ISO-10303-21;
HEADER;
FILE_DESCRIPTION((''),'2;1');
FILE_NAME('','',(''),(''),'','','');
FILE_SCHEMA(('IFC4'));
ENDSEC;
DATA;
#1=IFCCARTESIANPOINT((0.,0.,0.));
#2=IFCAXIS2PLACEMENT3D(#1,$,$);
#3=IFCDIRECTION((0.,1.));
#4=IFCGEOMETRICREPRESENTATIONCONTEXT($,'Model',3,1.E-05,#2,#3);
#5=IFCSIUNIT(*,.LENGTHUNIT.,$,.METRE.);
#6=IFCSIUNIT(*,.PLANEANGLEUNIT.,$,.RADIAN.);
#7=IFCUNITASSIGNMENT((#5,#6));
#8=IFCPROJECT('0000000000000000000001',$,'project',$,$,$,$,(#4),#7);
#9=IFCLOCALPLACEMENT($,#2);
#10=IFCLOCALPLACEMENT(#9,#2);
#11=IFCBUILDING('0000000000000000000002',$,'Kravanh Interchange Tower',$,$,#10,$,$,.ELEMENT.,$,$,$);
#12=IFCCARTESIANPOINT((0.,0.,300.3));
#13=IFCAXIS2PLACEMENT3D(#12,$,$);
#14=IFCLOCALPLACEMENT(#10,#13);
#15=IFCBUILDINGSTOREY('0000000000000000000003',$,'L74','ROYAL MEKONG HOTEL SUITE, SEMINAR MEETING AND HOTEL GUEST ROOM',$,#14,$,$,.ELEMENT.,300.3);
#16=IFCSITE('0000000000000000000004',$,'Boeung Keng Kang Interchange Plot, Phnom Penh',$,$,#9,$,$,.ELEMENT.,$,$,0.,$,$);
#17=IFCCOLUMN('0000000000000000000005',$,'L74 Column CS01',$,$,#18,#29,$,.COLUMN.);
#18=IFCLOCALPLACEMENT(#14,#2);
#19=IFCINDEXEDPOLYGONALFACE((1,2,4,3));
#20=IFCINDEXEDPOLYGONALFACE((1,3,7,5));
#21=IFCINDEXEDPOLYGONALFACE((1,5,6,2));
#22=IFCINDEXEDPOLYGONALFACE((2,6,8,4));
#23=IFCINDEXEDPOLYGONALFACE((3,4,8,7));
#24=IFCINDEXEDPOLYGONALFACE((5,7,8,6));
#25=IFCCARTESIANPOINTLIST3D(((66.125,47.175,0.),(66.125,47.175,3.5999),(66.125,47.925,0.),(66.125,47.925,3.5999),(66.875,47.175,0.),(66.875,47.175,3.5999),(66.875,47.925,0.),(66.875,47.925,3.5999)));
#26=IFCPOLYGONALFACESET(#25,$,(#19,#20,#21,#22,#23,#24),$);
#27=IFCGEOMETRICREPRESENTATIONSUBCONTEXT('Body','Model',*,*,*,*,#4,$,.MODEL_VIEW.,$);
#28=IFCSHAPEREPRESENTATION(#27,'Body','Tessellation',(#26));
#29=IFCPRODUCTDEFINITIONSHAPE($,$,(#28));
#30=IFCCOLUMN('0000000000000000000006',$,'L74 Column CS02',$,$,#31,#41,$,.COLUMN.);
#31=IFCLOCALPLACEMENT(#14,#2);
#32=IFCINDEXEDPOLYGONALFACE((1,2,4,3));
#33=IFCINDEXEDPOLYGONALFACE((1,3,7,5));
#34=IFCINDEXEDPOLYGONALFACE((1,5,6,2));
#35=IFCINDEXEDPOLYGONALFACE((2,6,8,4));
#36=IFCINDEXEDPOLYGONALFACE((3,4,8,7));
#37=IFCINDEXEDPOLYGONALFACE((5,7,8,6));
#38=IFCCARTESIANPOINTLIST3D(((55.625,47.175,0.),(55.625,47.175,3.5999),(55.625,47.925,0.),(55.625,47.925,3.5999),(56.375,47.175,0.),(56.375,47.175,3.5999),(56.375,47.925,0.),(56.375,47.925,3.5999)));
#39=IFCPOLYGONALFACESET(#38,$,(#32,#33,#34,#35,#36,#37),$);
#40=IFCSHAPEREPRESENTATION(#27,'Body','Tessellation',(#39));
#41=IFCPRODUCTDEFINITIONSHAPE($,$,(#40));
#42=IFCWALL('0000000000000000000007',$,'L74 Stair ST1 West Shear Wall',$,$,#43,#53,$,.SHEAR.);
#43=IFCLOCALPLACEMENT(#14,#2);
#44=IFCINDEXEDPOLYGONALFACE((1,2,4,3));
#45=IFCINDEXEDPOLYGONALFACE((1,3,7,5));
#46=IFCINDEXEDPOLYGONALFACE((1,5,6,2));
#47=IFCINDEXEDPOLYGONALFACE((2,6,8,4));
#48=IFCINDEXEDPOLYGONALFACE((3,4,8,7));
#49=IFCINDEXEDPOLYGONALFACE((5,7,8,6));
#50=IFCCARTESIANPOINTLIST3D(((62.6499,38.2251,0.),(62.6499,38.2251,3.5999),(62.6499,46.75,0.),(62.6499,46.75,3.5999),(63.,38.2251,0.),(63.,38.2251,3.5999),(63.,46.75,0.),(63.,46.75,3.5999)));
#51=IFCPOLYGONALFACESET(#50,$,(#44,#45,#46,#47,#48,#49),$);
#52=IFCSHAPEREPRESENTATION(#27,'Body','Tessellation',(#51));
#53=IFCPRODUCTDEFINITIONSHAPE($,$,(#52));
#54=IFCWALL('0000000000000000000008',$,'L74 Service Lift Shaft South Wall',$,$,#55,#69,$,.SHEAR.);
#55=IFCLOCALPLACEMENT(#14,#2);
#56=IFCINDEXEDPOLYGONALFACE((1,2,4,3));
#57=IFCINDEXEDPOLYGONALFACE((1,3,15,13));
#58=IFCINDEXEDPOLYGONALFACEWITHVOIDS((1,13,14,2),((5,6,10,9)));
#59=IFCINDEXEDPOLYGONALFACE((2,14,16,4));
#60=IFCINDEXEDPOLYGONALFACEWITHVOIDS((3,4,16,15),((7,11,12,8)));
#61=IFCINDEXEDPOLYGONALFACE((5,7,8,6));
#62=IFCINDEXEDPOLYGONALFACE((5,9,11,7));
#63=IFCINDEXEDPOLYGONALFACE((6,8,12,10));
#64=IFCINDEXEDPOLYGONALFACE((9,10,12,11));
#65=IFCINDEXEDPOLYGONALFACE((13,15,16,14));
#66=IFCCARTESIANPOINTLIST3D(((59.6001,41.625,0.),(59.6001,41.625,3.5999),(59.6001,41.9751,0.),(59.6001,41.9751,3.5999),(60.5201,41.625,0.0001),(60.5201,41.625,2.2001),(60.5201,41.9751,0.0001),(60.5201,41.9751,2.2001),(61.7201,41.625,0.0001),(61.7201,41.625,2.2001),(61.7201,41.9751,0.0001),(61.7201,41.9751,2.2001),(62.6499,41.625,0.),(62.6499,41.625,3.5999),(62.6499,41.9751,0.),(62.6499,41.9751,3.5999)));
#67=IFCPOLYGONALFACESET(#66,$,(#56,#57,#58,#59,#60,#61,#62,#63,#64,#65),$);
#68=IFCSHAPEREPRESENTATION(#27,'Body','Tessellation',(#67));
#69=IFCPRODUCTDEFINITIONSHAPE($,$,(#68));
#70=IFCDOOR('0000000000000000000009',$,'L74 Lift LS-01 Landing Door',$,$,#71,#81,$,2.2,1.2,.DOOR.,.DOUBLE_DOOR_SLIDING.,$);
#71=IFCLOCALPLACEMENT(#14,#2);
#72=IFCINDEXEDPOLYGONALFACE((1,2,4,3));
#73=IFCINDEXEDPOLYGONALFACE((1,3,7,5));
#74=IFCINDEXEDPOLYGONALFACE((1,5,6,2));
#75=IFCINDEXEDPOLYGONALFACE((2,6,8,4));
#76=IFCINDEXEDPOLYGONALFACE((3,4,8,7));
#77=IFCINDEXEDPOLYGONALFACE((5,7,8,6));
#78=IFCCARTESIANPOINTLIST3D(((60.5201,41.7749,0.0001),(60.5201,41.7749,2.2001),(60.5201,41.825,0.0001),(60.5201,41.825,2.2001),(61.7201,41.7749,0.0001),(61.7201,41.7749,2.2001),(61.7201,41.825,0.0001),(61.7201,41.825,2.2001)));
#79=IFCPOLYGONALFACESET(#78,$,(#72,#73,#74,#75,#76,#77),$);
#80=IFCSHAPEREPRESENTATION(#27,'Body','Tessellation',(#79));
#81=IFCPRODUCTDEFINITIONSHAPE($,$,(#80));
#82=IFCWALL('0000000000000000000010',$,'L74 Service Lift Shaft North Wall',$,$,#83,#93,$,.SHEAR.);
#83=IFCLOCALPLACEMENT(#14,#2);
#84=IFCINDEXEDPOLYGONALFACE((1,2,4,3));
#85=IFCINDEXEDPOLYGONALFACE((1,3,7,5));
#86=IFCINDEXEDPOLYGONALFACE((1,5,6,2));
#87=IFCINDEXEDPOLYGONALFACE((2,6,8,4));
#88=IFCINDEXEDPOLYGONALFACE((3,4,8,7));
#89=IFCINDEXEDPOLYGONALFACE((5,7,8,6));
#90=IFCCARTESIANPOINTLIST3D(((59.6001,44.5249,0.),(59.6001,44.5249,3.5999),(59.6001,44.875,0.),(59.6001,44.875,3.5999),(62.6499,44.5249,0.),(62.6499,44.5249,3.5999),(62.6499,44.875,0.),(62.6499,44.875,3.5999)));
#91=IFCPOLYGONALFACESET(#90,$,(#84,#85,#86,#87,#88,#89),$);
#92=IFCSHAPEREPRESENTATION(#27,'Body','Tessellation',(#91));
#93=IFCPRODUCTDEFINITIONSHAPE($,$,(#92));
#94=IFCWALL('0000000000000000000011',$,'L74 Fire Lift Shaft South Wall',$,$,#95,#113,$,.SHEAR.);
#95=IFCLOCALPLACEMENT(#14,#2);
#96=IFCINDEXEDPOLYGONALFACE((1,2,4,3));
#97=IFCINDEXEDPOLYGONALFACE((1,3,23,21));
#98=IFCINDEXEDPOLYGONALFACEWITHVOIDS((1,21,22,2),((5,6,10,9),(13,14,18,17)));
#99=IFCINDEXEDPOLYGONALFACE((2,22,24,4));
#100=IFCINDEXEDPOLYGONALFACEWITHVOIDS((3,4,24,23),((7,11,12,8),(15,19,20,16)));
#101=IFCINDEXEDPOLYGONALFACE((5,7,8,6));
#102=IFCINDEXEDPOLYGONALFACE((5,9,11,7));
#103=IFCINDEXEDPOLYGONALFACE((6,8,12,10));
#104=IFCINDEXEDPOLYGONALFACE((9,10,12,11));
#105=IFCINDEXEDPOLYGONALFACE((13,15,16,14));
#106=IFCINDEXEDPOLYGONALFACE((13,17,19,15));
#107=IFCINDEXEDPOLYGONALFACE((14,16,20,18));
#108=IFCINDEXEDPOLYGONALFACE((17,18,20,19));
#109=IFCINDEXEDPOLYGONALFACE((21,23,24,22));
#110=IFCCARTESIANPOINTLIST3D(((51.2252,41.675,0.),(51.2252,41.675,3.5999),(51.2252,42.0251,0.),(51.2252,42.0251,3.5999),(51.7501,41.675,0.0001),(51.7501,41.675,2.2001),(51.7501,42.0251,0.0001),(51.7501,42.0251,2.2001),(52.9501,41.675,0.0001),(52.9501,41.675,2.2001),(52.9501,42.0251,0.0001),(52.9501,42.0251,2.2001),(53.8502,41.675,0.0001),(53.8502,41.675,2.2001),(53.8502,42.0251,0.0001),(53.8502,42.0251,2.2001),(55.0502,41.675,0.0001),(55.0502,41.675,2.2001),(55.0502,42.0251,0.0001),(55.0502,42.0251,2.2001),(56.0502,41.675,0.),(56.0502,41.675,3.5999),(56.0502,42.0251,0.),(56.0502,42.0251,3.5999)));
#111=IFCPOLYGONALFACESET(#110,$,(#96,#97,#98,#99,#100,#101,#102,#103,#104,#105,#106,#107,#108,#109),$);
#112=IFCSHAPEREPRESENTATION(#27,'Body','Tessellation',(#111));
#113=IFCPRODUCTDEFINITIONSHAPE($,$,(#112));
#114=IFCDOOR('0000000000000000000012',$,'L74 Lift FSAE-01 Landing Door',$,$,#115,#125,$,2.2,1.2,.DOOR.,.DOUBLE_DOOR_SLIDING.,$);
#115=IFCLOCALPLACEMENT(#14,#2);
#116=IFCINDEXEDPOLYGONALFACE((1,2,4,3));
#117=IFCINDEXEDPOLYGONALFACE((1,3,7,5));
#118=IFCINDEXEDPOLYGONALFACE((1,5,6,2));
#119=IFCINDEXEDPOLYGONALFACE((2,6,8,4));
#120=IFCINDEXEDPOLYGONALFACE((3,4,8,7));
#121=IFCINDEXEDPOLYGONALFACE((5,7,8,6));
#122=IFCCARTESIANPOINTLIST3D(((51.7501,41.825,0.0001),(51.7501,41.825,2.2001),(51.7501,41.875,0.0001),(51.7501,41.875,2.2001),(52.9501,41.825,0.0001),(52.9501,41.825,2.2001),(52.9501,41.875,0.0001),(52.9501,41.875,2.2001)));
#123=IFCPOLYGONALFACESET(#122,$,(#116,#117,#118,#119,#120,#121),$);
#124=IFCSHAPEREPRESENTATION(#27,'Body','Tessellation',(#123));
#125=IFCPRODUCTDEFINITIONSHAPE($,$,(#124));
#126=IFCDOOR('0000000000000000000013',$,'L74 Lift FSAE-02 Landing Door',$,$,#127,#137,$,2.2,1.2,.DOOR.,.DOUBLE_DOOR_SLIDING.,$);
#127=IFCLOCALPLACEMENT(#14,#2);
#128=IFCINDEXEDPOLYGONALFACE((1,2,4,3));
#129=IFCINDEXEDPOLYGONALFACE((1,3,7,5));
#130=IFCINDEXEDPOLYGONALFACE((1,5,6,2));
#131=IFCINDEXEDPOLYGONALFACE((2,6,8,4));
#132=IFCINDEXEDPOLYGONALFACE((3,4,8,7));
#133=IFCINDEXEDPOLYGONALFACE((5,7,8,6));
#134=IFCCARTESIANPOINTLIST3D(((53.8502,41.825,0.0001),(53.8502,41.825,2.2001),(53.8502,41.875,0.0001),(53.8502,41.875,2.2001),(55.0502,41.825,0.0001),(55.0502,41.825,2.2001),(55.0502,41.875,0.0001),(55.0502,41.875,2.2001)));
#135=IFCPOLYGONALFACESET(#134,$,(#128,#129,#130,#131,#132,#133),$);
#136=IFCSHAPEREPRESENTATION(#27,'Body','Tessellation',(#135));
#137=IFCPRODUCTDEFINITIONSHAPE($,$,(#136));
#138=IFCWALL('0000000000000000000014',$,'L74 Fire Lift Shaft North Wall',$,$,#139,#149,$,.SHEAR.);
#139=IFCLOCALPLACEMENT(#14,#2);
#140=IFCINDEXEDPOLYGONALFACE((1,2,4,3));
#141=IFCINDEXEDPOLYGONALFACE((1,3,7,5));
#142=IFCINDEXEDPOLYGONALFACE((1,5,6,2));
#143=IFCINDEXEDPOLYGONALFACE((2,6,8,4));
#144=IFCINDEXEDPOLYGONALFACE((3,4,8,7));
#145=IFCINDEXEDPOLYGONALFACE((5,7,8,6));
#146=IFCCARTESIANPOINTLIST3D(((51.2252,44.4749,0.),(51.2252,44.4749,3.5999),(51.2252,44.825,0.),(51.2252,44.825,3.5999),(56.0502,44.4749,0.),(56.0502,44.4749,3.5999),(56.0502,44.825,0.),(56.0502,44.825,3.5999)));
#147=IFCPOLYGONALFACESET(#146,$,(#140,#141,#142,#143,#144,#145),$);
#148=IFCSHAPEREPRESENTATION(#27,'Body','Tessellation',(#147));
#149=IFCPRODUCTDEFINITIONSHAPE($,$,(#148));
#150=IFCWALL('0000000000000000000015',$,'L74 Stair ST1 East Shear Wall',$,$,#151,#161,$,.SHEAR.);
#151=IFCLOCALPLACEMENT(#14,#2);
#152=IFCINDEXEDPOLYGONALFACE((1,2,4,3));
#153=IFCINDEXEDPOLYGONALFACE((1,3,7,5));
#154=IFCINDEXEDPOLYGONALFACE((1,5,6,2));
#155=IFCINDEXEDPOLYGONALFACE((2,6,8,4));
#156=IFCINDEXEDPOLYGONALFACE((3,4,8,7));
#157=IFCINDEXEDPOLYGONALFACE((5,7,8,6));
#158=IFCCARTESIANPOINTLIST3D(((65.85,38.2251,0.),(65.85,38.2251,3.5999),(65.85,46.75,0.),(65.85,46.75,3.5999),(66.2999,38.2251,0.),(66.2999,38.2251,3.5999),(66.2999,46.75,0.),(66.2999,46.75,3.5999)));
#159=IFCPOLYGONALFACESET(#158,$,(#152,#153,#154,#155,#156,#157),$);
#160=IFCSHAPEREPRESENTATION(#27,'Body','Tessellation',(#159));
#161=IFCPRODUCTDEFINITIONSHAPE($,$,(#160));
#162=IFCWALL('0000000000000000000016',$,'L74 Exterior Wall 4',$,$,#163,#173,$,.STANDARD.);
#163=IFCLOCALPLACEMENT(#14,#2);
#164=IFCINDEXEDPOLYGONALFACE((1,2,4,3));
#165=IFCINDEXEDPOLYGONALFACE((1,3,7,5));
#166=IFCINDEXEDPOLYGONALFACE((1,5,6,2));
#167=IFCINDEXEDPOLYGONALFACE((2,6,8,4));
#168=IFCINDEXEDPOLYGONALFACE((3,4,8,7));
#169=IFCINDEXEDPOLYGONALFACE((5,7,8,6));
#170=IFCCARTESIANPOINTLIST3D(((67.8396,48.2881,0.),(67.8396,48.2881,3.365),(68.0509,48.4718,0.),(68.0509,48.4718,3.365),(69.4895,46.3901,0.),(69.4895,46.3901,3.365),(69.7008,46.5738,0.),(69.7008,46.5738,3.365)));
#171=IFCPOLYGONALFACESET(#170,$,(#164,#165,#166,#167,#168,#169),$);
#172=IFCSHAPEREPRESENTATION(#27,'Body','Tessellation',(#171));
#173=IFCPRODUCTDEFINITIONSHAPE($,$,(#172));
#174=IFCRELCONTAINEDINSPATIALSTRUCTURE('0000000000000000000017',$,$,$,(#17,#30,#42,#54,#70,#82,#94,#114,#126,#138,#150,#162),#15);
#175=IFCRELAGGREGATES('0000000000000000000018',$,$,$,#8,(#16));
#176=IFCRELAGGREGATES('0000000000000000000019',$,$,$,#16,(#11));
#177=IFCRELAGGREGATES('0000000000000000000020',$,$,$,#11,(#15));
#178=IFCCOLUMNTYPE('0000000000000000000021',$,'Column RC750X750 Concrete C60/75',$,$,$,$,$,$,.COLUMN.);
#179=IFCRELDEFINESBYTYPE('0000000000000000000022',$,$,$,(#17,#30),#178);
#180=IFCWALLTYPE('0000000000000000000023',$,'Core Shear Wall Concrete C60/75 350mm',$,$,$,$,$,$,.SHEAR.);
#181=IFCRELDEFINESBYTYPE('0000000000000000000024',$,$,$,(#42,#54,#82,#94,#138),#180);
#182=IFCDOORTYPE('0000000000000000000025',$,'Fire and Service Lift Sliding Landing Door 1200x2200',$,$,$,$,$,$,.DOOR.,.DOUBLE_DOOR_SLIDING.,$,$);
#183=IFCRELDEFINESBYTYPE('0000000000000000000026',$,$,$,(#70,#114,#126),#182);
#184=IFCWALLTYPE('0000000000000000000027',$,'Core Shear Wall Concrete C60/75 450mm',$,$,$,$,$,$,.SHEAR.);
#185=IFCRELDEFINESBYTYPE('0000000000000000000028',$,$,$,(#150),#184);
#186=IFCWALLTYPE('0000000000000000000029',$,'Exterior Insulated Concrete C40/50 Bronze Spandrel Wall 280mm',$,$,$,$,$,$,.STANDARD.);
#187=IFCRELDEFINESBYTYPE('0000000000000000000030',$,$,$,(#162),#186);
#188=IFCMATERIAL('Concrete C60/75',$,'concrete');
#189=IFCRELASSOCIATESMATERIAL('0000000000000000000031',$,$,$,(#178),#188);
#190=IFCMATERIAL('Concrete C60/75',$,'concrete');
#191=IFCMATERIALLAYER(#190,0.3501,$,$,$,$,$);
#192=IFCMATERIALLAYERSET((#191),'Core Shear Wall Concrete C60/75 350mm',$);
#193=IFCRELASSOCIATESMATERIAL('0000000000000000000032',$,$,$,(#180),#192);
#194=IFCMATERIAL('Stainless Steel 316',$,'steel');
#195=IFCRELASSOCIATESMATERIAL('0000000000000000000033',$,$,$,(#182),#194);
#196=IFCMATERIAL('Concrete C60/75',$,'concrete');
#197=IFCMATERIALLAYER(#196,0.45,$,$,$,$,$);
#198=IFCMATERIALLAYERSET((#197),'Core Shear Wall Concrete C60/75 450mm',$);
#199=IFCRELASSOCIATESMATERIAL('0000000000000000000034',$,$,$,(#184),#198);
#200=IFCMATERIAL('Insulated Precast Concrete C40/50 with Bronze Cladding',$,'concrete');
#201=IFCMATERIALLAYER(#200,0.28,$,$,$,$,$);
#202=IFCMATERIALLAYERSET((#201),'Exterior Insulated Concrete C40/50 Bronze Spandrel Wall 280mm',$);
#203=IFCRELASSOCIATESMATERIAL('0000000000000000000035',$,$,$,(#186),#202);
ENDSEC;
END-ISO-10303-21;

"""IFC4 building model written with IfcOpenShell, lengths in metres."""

from ifc_helpers import new_model, si_unit, direction, frame, frame_2d, origin, origin_2d, place, context, subcontext, project, spatial, rectangle, extrude, material, layer, layer_set, material_profile, profile_set, type_object, element, fill, save


model = new_model("IFC4")

# Units and contexts
model_context = context("Model", 3, precision=1e-05, world=origin(), true_north=direction((0.0, 1.0)))
body_context = subcontext(model_context, "Body", "Model", "MODEL_VIEW")
ifc_project = project(units=[si_unit("LENGTHUNIT", "METRE"), si_unit("PLANEANGLEUNIT", "RADIAN")], contexts=[model_context])

# Site, building, storey
site_placement = place(None, origin())
site = spatial("IfcSite", under=ifc_project, at=site_placement, Name="Boeung Keng Kang Interchange Plot, Phnom Penh", CompositionType="ELEMENT", RefElevation=0.0)
building_placement = place(site_placement, origin())
building = spatial("IfcBuilding", under=site, at=building_placement, Name="Kravanh Interchange Tower", CompositionType="ELEMENT")
storey_placement = place(building_placement, frame((0.0, 0.0, 300.3)))
storey = spatial("IfcBuildingStorey", under=building, at=storey_placement, Name="L74", Description="ROYAL MEKONG HOTEL SUITE, SEMINAR MEETING AND HOTEL GUEST ROOM", CompositionType="ELEMENT", Elevation=300.3)

# Columns
ifc_material_1 = material(Name="Concrete C60/75", Category="concrete")
ifc_material_profile = material_profile(ifc_material_1, rectangle(XDim=0.75, YDim=0.75, at=origin_2d()), Name="RC750X750")
ifc_profile_set = profile_set([ifc_material_profile], Name="Concrete C60/75")
column_type = type_object("IfcColumnType", Name="Column RC750X750 Concrete C60/75", PredefinedType="COLUMN", material=ifc_profile_set)
for number, where, z_axis, x_axis, name in (
    (1, (66.5, 47.55, 0.0), (0.0, 0.0, 1.0), (1.0, 0.0, 0.0), "L74 Column CS01"),
    (2, (56.0, 47.55, 0.0), (0.0, 0.0, 1.0), (1.0, 0.0, 0.0), "L74 Column CS02"),
):
    element("IfcColumn", number, at=place(storey_placement, frame(where, z_axis=z_axis, x_axis=x_axis)), inside=storey, type_object=column_type, Name=name, PredefinedType="COLUMN", context=body_context, shape_type="SweptSolid", body=[
        extrude(rectangle(XDim=0.75, YDim=0.75, at=origin_2d()), origin(), (0.0, 0.0, 1.0), 3.5999),
    ])

# Wall
ifc_material_2 = material(Name="Concrete C60/75", Category="concrete")
ifc_layer_1 = layer(ifc_material_2, 0.3501)
ifc_layer_set_1 = layer_set([ifc_layer_1], Name="Core Shear Wall Concrete C60/75 350mm")
wall_type_1 = type_object("IfcWallType", Name="Core Shear Wall Concrete C60/75 350mm", PredefinedType="SHEAR", material=ifc_layer_set_1)
wall_1_placement = place(storey_placement, frame((62.825, 38.2251, 0.0), z_axis=(0.0, 0.0, 1.0), x_axis=(0.0, 1.0, 0.0)))
element("IfcWall", 3, at=wall_1_placement, inside=storey, type_object=wall_type_1, Name="L74 Stair ST1 West Shear Wall", PredefinedType="SHEAR", context=body_context, shape_type="SweptSolid", body=[
    extrude(rectangle(XDim=8.5249, YDim=0.3501, at=frame_2d((4.2625, 0.0))), origin(), (0.0, 0.0, 1.0), 3.5999),
])

# Wall, opening, door
wall_2_placement = place(storey_placement, frame((59.6001, 41.8, 0.0), z_axis=(0.0, 0.0, 1.0), x_axis=(1.0, 0.0, 0.0)))
wall_2 = element("IfcWall", 4, at=wall_2_placement, inside=storey, type_object=wall_type_1, Name="L74 Service Lift Shaft South Wall", PredefinedType="SHEAR", context=body_context, shape_type="SweptSolid", body=[
    extrude(rectangle(XDim=3.0498, YDim=0.3501, at=frame_2d((1.5249, 0.0))), origin(), (0.0, 0.0, 1.0), 3.5999),
])
opening_1_placement = place(wall_2_placement, frame((0.9199, 0.0, 0.0)))
opening_1 = element("IfcOpeningElement", 5, at=opening_1_placement, cuts=wall_2, PredefinedType="OPENING", context=body_context, shape_type="SweptSolid", body=[
    extrude(rectangle(XDim=1.2, YDim=2.2, at=frame_2d((0.6001, 1.1001))), frame((0.0, 0.1851, 0.0), z_axis=(0.0, -1.0, 0.0), x_axis=(1.0, 0.0, 0.0)), (0.0, 0.0, 1.0), 0.3701),
])
ifc_material_3 = material(Name="Stainless Steel 316", Category="steel")
door_type = type_object("IfcDoorType", Name="Fire and Service Lift Sliding Landing Door 1200x2200", OperationType="DOUBLE_DOOR_SLIDING", PredefinedType="DOOR", material=ifc_material_3)
door_1_placement = place(opening_1_placement, origin())
door_1 = element("IfcDoor", 6, at=door_1_placement, inside=storey, type_object=door_type, Name="L74 Lift LS-01 Landing Door", OperationType="DOUBLE_DOOR_SLIDING", OverallHeight=2.2, OverallWidth=1.2, PredefinedType="DOOR", context=body_context, shape_type="SweptSolid", body=[
    extrude(rectangle(XDim=1.2, YDim=2.2, at=frame_2d((0.6001, 1.1001))), frame((0.0, 0.0249, 0.0), z_axis=(0.0, -1.0, 0.0), x_axis=(1.0, 0.0, 0.0)), (0.0, 0.0, 1.0), 0.05),
])
fill(opening_1, door_1)

# Wall
wall_3_placement = place(storey_placement, frame((59.6001, 44.7, 0.0), z_axis=(0.0, 0.0, 1.0), x_axis=(1.0, 0.0, 0.0)))
element("IfcWall", 7, at=wall_3_placement, inside=storey, type_object=wall_type_1, Name="L74 Service Lift Shaft North Wall", PredefinedType="SHEAR", context=body_context, shape_type="SweptSolid", body=[
    extrude(rectangle(XDim=3.0498, YDim=0.3501, at=frame_2d((1.5249, 0.0))), origin(), (0.0, 0.0, 1.0), 3.5999),
])

# Wall, openings, doors
wall_4_placement = place(storey_placement, frame((51.2251, 41.8501, 0.0), z_axis=(0.0, 0.0, 1.0), x_axis=(1.0, 0.0, 0.0)))
wall_4 = element("IfcWall", 8, at=wall_4_placement, inside=storey, type_object=wall_type_1, Name="L74 Fire Lift Shaft South Wall", PredefinedType="SHEAR", context=body_context, shape_type="SweptSolid", body=[
    extrude(rectangle(XDim=4.825, YDim=0.3501, at=frame_2d((2.4126, 0.0))), origin(), (0.0, 0.0, 1.0), 3.5999),
])
opening_2_placement = place(wall_4_placement, frame((0.5249, 0.0, 0.0)))
opening_2 = element("IfcOpeningElement", 9, at=opening_2_placement, cuts=wall_4, PredefinedType="OPENING", context=body_context, shape_type="SweptSolid", body=[
    extrude(rectangle(XDim=1.2, YDim=2.2, at=frame_2d((0.6001, 1.1001))), frame((0.0, 0.1851, 0.0), z_axis=(0.0, -1.0, 0.0), x_axis=(1.0, 0.0, 0.0)), (0.0, 0.0, 1.0), 0.3701),
])
opening_3_placement = place(wall_4_placement, frame((2.625, 0.0, 0.0)))
opening_3 = element("IfcOpeningElement", 10, at=opening_3_placement, cuts=wall_4, PredefinedType="OPENING", context=body_context, shape_type="SweptSolid", body=[
    extrude(rectangle(XDim=1.2, YDim=2.2, at=frame_2d((0.6001, 1.1001))), frame((0.0, 0.1851, 0.0), z_axis=(0.0, -1.0, 0.0), x_axis=(1.0, 0.0, 0.0)), (0.0, 0.0, 1.0), 0.3701),
])
door_2_placement = place(opening_2_placement, origin())
door_2 = element("IfcDoor", 11, at=door_2_placement, inside=storey, type_object=door_type, Name="L74 Lift FSAE-01 Landing Door", OperationType="DOUBLE_DOOR_SLIDING", OverallHeight=2.2, OverallWidth=1.2, PredefinedType="DOOR", context=body_context, shape_type="SweptSolid", body=[
    extrude(rectangle(XDim=1.2, YDim=2.2, at=frame_2d((0.6001, 1.1001))), frame((0.0, 0.0249, 0.0), z_axis=(0.0, -1.0, 0.0), x_axis=(1.0, 0.0, 0.0)), (0.0, 0.0, 1.0), 0.05),
])
fill(opening_2, door_2)
door_3_placement = place(opening_3_placement, origin())
door_3 = element("IfcDoor", 12, at=door_3_placement, inside=storey, type_object=door_type, Name="L74 Lift FSAE-02 Landing Door", OperationType="DOUBLE_DOOR_SLIDING", OverallHeight=2.2, OverallWidth=1.2, PredefinedType="DOOR", context=body_context, shape_type="SweptSolid", body=[
    extrude(rectangle(XDim=1.2, YDim=2.2, at=frame_2d((0.6001, 1.1001))), frame((0.0, 0.0249, 0.0), z_axis=(0.0, -1.0, 0.0), x_axis=(1.0, 0.0, 0.0)), (0.0, 0.0, 1.0), 0.05),
])
fill(opening_3, door_3)

# Walls
wall_5_placement = place(storey_placement, frame((51.2251, 44.6499, 0.0), z_axis=(0.0, 0.0, 1.0), x_axis=(1.0, 0.0, 0.0)))
element("IfcWall", 13, at=wall_5_placement, inside=storey, type_object=wall_type_1, Name="L74 Fire Lift Shaft North Wall", PredefinedType="SHEAR", context=body_context, shape_type="SweptSolid", body=[
    extrude(rectangle(XDim=4.825, YDim=0.3501, at=frame_2d((2.4126, 0.0))), origin(), (0.0, 0.0, 1.0), 3.5999),
])
ifc_material_4 = material(Name="Concrete C60/75", Category="concrete")
ifc_layer_2 = layer(ifc_material_4, 0.45)
ifc_layer_set_2 = layer_set([ifc_layer_2], Name="Core Shear Wall Concrete C60/75 450mm")
wall_type_2 = type_object("IfcWallType", Name="Core Shear Wall Concrete C60/75 450mm", PredefinedType="SHEAR", material=ifc_layer_set_2)
wall_6_placement = place(storey_placement, frame((66.075, 38.2251, 0.0), z_axis=(0.0, 0.0, 1.0), x_axis=(0.0, 1.0, 0.0)))
element("IfcWall", 14, at=wall_6_placement, inside=storey, type_object=wall_type_2, Name="L74 Stair ST1 East Shear Wall", PredefinedType="SHEAR", context=body_context, shape_type="SweptSolid", body=[
    extrude(rectangle(XDim=8.5249, YDim=0.45, at=frame_2d((4.2625, 0.0))), origin(), (0.0, 0.0, 1.0), 3.5999),
])
ifc_material_5 = material(Name="Insulated Precast Concrete C40/50 with Bronze Cladding", Category="concrete")
ifc_layer_3 = layer(ifc_material_5, 0.28)
ifc_layer_set_3 = layer_set([ifc_layer_3], Name="Exterior Insulated Concrete C40/50 Bronze Spandrel Wall 280mm")
wall_type_3 = type_object("IfcWallType", Name="Exterior Insulated Concrete C40/50 Bronze Spandrel Wall 280mm", PredefinedType="STANDARD", material=ifc_layer_set_3)
wall_7_placement = place(storey_placement, frame((67.9453, 48.3799, 0.0), z_axis=(0.0, 0.0, 1.0), x_axis=(0.656068, -0.754702, 0.0)))
element("IfcWall", 15, at=wall_7_placement, inside=storey, type_object=wall_type_3, Name="L74 Exterior Wall 4", PredefinedType="STANDARD", context=body_context, shape_type="SweptSolid", body=[
    extrude(rectangle(XDim=2.5149, YDim=0.28, at=frame_2d((1.2573, 0.0))), origin(), (0.0, 0.0, 1.0), 3.365),
])

save(model, "model.ifc")
